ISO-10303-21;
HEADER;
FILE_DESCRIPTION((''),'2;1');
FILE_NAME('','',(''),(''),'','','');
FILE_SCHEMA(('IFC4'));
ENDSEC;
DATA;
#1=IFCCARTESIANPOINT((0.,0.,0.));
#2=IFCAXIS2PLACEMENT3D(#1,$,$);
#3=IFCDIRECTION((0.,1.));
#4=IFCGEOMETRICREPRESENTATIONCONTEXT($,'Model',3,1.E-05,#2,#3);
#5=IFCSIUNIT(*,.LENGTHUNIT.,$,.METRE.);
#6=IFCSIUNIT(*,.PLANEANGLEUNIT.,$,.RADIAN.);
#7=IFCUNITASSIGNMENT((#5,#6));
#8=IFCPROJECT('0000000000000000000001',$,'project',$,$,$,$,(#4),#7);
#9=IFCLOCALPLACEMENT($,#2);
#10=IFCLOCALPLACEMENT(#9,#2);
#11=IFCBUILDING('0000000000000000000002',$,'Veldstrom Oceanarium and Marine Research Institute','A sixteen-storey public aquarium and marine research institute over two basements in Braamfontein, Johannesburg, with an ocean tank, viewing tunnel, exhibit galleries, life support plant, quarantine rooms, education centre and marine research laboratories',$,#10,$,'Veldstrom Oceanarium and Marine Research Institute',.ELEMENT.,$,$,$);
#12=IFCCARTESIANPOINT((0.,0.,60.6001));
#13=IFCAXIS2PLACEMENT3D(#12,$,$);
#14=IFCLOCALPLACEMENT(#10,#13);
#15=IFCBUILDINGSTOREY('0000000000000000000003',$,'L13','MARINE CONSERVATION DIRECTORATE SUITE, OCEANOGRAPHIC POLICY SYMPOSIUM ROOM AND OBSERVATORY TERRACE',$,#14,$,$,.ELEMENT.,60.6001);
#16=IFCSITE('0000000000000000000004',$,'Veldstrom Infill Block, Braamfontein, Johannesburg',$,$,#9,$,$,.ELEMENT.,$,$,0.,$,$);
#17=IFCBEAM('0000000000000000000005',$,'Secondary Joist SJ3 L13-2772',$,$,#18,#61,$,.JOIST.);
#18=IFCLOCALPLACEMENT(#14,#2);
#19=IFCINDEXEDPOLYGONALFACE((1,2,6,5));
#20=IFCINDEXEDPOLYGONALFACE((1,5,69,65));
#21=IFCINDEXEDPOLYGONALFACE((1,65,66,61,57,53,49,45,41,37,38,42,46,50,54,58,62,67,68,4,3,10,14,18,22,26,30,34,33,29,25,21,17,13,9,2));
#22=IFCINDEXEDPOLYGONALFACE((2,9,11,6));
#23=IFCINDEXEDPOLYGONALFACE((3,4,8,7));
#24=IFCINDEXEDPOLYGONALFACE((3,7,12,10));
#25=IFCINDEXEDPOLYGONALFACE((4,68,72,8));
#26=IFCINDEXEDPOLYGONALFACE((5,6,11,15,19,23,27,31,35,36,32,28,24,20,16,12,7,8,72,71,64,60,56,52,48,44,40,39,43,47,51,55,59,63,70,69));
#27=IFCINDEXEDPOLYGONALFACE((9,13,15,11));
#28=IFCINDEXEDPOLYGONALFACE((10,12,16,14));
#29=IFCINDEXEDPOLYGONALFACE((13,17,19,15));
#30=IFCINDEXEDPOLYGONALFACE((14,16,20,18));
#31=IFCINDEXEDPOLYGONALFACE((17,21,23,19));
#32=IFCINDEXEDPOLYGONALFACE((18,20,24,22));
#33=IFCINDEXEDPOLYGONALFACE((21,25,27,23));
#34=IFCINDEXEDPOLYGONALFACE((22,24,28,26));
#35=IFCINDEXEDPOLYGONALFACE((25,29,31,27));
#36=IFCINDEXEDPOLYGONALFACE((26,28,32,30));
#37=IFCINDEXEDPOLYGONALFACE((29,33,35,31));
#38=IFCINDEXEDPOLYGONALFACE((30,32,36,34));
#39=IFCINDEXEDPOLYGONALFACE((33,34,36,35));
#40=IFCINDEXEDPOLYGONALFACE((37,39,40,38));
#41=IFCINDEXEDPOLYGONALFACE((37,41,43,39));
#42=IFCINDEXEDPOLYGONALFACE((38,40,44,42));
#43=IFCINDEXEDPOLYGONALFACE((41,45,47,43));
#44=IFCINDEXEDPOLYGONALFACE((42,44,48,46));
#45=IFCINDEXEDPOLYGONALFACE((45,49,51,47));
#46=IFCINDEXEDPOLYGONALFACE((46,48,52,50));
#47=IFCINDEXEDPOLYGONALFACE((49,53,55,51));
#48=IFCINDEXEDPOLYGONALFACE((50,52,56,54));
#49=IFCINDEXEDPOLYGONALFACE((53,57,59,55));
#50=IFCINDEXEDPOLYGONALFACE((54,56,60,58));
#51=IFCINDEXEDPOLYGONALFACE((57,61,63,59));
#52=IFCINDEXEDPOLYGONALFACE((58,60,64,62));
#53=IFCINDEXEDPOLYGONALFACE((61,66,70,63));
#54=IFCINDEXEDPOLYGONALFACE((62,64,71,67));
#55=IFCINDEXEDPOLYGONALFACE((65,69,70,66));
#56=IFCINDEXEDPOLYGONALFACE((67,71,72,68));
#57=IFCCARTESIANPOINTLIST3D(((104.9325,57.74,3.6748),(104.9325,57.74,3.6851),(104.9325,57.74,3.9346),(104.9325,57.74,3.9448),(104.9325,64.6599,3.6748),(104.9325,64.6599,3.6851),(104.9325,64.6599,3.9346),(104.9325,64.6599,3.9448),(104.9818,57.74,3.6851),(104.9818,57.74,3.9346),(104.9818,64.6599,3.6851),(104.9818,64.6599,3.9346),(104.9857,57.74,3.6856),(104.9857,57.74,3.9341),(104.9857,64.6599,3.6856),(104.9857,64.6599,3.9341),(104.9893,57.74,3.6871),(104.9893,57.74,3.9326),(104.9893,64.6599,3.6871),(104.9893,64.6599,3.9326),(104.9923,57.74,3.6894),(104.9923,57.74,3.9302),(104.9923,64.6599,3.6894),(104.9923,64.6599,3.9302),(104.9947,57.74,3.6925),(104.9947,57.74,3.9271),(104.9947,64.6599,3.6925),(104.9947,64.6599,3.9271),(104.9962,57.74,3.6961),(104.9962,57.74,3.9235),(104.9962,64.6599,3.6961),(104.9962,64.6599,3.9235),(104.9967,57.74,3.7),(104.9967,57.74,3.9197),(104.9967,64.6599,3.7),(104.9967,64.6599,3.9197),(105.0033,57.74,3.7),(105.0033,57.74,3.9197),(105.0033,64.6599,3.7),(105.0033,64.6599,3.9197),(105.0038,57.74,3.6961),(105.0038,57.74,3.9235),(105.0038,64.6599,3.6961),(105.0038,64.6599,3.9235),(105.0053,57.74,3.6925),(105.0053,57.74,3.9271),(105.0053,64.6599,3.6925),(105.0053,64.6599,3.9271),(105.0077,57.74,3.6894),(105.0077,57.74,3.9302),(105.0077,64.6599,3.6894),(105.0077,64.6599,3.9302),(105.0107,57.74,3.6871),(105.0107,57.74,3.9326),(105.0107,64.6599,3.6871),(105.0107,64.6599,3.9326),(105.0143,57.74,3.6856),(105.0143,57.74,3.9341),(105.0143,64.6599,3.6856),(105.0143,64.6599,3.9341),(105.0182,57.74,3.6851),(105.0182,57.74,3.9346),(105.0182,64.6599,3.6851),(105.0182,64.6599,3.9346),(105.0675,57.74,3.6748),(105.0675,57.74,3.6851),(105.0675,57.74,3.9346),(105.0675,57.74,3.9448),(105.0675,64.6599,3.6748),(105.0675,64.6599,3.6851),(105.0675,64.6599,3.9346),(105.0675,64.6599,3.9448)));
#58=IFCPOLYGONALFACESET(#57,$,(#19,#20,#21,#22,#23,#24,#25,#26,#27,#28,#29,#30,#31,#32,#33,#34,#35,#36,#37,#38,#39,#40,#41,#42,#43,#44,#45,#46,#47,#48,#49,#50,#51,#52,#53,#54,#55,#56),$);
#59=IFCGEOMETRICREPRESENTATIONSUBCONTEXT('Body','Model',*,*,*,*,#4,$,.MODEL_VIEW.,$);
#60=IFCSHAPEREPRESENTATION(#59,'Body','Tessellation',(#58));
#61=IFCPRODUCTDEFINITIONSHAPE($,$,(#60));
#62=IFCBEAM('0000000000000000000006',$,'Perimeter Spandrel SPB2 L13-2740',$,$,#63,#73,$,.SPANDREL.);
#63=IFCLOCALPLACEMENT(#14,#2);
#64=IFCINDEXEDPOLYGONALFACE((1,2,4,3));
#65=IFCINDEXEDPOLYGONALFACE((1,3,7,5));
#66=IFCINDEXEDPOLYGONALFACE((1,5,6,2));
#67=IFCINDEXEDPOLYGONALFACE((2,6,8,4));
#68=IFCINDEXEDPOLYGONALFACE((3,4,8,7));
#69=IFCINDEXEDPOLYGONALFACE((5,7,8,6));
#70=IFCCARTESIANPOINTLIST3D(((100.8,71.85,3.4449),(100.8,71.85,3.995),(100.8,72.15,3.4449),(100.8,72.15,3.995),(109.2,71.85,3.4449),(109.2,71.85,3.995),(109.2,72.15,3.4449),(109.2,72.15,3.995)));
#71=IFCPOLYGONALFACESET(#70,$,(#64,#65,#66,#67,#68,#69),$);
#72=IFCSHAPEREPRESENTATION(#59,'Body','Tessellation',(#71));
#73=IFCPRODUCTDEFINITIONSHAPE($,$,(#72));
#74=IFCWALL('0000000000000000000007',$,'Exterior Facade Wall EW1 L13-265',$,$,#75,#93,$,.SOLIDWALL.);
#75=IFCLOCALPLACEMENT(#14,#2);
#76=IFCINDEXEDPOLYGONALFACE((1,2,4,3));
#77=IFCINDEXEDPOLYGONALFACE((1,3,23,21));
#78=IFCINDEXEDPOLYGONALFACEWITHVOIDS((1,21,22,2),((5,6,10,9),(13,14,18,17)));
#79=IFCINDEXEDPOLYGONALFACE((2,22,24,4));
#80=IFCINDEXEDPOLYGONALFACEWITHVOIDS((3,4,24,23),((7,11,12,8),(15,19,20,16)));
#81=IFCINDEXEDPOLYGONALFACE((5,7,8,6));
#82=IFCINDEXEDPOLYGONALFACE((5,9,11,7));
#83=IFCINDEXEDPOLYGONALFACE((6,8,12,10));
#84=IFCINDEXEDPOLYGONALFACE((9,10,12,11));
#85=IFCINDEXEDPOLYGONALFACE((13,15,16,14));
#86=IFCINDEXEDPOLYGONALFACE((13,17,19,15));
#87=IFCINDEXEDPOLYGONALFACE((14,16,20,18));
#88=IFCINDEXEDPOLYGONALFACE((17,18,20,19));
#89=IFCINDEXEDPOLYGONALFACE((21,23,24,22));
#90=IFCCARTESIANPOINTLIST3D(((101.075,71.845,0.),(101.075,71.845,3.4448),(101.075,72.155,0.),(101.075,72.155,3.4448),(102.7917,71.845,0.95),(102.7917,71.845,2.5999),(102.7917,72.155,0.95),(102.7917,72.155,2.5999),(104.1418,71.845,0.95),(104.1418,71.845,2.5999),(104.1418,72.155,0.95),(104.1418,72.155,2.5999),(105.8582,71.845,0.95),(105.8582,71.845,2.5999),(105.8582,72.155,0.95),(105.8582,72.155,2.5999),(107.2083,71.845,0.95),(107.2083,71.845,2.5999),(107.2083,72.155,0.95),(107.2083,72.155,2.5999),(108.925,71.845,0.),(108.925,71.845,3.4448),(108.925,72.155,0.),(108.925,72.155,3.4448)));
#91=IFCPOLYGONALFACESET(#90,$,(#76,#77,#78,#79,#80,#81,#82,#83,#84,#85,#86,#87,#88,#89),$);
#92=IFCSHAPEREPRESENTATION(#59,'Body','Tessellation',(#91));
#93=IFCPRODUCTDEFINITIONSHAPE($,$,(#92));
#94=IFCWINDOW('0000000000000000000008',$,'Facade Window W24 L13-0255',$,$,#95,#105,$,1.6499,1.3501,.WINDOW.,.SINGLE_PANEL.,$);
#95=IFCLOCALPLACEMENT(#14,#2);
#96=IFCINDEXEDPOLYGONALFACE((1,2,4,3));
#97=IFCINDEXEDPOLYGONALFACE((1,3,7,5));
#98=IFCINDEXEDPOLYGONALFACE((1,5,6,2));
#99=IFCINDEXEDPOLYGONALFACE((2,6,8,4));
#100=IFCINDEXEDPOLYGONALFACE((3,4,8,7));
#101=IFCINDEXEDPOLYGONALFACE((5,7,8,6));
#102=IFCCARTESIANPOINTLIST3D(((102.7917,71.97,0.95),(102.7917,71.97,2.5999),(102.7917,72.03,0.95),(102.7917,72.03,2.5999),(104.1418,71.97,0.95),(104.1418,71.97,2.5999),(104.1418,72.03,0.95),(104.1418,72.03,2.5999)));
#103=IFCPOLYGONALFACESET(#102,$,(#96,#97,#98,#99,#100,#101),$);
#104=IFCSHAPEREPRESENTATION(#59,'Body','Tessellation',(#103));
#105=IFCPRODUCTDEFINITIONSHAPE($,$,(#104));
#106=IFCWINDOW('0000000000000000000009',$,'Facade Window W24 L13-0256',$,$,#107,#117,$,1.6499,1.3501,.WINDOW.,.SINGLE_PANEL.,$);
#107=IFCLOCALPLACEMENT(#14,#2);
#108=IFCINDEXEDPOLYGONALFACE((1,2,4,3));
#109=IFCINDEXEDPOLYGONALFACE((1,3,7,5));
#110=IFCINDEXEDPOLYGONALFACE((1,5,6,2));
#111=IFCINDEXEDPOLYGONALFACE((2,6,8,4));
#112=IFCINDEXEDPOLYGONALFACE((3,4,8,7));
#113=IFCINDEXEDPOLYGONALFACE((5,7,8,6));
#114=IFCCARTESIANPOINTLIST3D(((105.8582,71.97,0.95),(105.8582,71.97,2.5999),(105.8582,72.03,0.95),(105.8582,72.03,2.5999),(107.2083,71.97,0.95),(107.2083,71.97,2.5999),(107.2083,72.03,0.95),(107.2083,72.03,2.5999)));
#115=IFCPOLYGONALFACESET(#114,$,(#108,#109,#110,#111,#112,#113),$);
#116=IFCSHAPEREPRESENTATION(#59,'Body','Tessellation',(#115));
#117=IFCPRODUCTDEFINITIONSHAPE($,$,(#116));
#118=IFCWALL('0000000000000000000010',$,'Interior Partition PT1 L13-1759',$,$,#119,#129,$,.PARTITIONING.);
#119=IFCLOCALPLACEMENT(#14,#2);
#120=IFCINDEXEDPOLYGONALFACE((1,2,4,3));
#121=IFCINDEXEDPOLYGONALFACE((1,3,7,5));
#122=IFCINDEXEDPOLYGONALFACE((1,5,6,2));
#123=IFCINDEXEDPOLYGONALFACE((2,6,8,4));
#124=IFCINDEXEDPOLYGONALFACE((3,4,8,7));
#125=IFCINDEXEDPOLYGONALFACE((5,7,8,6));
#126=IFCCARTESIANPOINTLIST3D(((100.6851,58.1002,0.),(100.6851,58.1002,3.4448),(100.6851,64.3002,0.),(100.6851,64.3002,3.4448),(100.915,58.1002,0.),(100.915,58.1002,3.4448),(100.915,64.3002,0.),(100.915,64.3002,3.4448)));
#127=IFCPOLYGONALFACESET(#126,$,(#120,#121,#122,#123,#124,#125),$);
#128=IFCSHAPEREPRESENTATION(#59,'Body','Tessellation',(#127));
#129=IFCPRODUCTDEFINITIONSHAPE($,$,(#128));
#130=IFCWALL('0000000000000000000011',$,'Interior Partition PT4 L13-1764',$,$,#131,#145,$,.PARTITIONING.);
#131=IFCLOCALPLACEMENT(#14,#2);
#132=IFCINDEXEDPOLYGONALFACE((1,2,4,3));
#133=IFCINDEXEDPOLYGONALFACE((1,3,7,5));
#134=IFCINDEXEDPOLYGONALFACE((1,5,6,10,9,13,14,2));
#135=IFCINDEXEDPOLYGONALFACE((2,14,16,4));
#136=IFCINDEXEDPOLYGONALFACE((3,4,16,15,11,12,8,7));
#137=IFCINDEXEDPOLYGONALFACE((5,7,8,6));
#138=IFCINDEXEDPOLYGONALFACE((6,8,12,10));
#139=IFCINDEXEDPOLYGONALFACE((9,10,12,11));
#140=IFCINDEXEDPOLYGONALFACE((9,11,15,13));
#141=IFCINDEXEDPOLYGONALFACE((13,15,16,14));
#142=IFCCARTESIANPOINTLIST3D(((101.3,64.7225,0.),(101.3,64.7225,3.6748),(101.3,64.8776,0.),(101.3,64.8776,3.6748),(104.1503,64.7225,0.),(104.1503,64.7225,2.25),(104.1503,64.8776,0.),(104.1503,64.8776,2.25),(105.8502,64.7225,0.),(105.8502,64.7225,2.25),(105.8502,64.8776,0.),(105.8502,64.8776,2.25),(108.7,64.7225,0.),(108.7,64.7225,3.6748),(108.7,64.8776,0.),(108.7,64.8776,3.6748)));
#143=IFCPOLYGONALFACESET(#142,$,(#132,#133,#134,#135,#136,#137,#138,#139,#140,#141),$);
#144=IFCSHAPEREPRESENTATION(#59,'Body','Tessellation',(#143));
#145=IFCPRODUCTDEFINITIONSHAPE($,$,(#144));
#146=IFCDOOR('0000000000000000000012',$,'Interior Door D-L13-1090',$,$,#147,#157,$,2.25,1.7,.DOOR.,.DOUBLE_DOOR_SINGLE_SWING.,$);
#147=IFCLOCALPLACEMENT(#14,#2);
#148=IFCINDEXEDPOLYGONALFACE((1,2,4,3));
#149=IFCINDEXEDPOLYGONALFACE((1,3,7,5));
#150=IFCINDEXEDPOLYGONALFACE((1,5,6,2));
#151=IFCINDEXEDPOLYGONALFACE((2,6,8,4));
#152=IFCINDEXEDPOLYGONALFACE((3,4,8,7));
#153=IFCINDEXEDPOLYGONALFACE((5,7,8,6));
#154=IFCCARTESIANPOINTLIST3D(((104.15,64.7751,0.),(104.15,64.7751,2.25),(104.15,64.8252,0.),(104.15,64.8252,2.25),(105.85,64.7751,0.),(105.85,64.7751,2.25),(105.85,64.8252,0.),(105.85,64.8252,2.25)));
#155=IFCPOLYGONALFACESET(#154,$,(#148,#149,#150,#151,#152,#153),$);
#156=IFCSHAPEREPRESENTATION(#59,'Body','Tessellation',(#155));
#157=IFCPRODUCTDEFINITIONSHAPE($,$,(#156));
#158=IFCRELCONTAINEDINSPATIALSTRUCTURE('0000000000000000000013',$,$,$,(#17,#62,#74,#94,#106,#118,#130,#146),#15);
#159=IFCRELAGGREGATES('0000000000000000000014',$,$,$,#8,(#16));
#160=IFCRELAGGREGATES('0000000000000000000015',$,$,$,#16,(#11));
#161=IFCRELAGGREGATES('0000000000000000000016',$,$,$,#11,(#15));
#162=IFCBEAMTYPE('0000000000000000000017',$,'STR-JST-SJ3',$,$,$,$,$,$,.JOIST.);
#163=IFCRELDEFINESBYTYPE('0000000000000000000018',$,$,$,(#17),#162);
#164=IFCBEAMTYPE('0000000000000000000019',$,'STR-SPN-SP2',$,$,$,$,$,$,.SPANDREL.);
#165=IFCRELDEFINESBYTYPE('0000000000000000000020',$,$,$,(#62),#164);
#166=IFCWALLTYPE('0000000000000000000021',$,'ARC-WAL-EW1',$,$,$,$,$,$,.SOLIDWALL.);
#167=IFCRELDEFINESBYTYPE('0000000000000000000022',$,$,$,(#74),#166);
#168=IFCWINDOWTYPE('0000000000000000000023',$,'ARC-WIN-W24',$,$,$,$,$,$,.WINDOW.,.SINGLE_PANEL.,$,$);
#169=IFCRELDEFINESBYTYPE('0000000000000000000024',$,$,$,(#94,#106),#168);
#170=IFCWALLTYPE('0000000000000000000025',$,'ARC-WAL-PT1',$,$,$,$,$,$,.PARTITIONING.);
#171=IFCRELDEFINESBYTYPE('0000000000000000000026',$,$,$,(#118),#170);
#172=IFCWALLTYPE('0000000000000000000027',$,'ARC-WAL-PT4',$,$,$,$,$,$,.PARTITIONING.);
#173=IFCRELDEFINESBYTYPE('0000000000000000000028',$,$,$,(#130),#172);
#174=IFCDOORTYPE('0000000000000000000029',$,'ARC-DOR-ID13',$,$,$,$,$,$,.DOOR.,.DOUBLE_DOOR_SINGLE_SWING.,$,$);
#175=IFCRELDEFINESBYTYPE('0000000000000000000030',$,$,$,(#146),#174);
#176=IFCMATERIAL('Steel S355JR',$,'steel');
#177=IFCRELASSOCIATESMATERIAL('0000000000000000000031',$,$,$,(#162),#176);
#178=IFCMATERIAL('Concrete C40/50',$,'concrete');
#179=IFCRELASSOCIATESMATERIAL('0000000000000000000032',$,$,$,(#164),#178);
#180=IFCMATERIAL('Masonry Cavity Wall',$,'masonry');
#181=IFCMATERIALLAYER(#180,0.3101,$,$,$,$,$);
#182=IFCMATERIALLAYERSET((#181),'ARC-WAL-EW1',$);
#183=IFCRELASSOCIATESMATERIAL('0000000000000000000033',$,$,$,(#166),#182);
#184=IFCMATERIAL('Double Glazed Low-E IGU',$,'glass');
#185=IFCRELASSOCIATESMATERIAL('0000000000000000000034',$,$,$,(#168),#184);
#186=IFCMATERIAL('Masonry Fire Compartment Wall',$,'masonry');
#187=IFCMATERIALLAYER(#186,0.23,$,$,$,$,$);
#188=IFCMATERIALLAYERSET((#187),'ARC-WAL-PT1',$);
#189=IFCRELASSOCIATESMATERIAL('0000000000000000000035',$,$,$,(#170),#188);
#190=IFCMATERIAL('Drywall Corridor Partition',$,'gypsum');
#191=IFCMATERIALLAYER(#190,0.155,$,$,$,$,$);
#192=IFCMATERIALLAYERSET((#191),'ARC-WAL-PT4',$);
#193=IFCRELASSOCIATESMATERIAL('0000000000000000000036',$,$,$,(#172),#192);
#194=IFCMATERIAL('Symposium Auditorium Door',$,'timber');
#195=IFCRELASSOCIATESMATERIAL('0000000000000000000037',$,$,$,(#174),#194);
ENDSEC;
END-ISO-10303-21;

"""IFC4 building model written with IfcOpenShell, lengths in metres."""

from ifc_helpers import new_model, si_unit, direction, frame, frame_2d, origin, origin_2d, place, context, subcontext, project, spatial, rectangle, i_section, extrude, material, layer, layer_set, material_profile, profile_set, type_object, element, fill, save


model = new_model("IFC4")

# Units and contexts
model_context = context("Model", 3, precision=1e-05, world=origin(), true_north=direction((0.0, 1.0)))
body_context = subcontext(model_context, "Body", "Model", "MODEL_VIEW")
ifc_project = project(units=[si_unit("LENGTHUNIT", "METRE"), si_unit("PLANEANGLEUNIT", "RADIAN")], contexts=[model_context])

# Site, building, storey
site_placement = place(None, origin())
site = spatial("IfcSite", under=ifc_project, at=site_placement, Name="Veldstrom Infill Block, Braamfontein, Johannesburg", CompositionType="ELEMENT", RefElevation=0.0)
building_placement = place(site_placement, origin())
building = spatial("IfcBuilding", under=site, at=building_placement, Name="Veldstrom Oceanarium and Marine Research Institute", Description="A sixteen-storey public aquarium and marine research institute over two basements in Braamfontein, Johannesburg, with an ocean tank, viewing tunnel, exhibit galleries, life support plant, quarantine rooms, education centre and marine research laboratories", LongName="Veldstrom Oceanarium and Marine Research Institute", CompositionType="ELEMENT")
storey_placement = place(building_placement, frame((0.0, 0.0, 60.6001)))
storey = spatial("IfcBuildingStorey", under=building, at=storey_placement, Name="L13", Description="MARINE CONSERVATION DIRECTORATE SUITE, OCEANOGRAPHIC POLICY SYMPOSIUM ROOM AND OBSERVATORY TERRACE", CompositionType="ELEMENT", Elevation=60.6001)

# Beams
ifc_material_1 = material(Name="Steel S355JR", Category="steel")
ifc_material_profile_1 = material_profile(ifc_material_1, i_section(OverallWidth=0.135, OverallDepth=0.27, WebThickness=0.0066, FlangeThickness=0.0103, FilletRadius=0.0149, at=origin_2d()), Name="IPE 270")
ifc_profile_set_1 = profile_set([ifc_material_profile_1], Name="Steel S355JR")
beam_type_1 = type_object("IfcBeamType", Name="STR-JST-SJ3", PredefinedType="JOIST", material=ifc_profile_set_1)
beam_1_placement = place(storey_placement, frame((105.0, 57.74, 3.8098), z_axis=(0.0, 1.0, 0.0), x_axis=(-1.0, 0.0, 0.0)))
element("IfcBeam", 1, at=beam_1_placement, inside=storey, type_object=beam_type_1, Name="Secondary Joist SJ3 L13-2772", PredefinedType="JOIST", context=body_context, shape_type="SweptSolid", body=[
    extrude(i_section(OverallWidth=0.135, OverallDepth=0.27, WebThickness=0.0066, FlangeThickness=0.0103, FilletRadius=0.0149, at=origin_2d()), origin(), (0.0, 0.0, 1.0), 6.9199),
])
ifc_material_2 = material(Name="Concrete C40/50", Category="concrete")
ifc_material_profile_2 = material_profile(ifc_material_2, rectangle(XDim=0.3, YDim=0.55, at=origin_2d()), Name="RC-SPN-300x550")
ifc_profile_set_2 = profile_set([ifc_material_profile_2], Name="Concrete C40/50")
beam_type_2 = type_object("IfcBeamType", Name="STR-SPN-SP2", PredefinedType="SPANDREL", material=ifc_profile_set_2)
beam_2_placement = place(storey_placement, frame((100.8, 72.0, 3.72), z_axis=(1.0, 0.0, 0.0), x_axis=(0.0, 1.0, 0.0)))
element("IfcBeam", 2, at=beam_2_placement, inside=storey, type_object=beam_type_2, Name="Perimeter Spandrel SPB2 L13-2740", PredefinedType="SPANDREL", context=body_context, shape_type="SweptSolid", body=[
    extrude(rectangle(XDim=0.3, YDim=0.55, at=origin_2d()), origin(), (0.0, 0.0, 1.0), 8.3999),
])

# Wall, openings, windows
ifc_material_3 = material(Name="Masonry Cavity Wall", Category="masonry")
ifc_layer_1 = layer(ifc_material_3, 0.3101)
ifc_layer_set_1 = layer_set([ifc_layer_1], Name="ARC-WAL-EW1")
wall_type_1 = type_object("IfcWallType", Name="ARC-WAL-EW1", PredefinedType="SOLIDWALL", material=ifc_layer_set_1)
wall_1_placement = place(storey_placement, frame((101.075, 72.0, 0.0), z_axis=(0.0, 0.0, 1.0), x_axis=(1.0, 0.0, 0.0)))
wall_1 = element("IfcWall", 3, at=wall_1_placement, inside=storey, type_object=wall_type_1, Name="Exterior Facade Wall EW1 L13-265", PredefinedType="SOLIDWALL", context=body_context, shape_type="SweptSolid", body=[
    extrude(rectangle(XDim=7.8501, YDim=0.3101, at=frame_2d((3.925, 0.0))), origin(), (0.0, 0.0, 1.0), 3.4448),
])
opening_1_placement = place(wall_1_placement, frame((1.7168, 0.0, 0.95)))
opening_1 = element("IfcOpeningElement", 4, at=opening_1_placement, cuts=wall_1, PredefinedType="OPENING", context=body_context, shape_type="SweptSolid", body=[
    extrude(rectangle(XDim=1.3501, YDim=1.6499, at=frame_2d((0.675, 0.825))), frame((0.0, 0.165, 0.0), z_axis=(0.0, -1.0, 0.0), x_axis=(1.0, 0.0, 0.0)), (0.0, 0.0, 1.0), 0.3301),
])
opening_2_placement = place(wall_1_placement, frame((4.7832, 0.0, 0.95)))
opening_2 = element("IfcOpeningElement", 5, at=opening_2_placement, cuts=wall_1, PredefinedType="OPENING", context=body_context, shape_type="SweptSolid", body=[
    extrude(rectangle(XDim=1.3501, YDim=1.6499, at=frame_2d((0.675, 0.825))), frame((0.0, 0.165, 0.0), z_axis=(0.0, -1.0, 0.0), x_axis=(1.0, 0.0, 0.0)), (0.0, 0.0, 1.0), 0.3301),
])
ifc_material_4 = material(Name="Double Glazed Low-E IGU", Category="glass")
window_type = type_object("IfcWindowType", Name="ARC-WIN-W24", PartitioningType="SINGLE_PANEL", PredefinedType="WINDOW", material=ifc_material_4)
window_1_placement = place(opening_1_placement, origin())
window_1 = element("IfcWindow", 6, at=window_1_placement, inside=storey, type_object=window_type, Name="Facade Window W24 L13-0255", OverallHeight=1.6499, OverallWidth=1.3501, PartitioningType="SINGLE_PANEL", PredefinedType="WINDOW", context=body_context, shape_type="SweptSolid", body=[
    extrude(rectangle(XDim=1.3501, YDim=1.6499, at=frame_2d((0.675, 0.825))), frame((0.0, 0.03, 0.0), z_axis=(0.0, -1.0, 0.0), x_axis=(1.0, 0.0, 0.0)), (0.0, 0.0, 1.0), 0.0601),
])
fill(opening_1, window_1)
window_2_placement = place(opening_2_placement, origin())
window_2 = element("IfcWindow", 7, at=window_2_placement, inside=storey, type_object=window_type, Name="Facade Window W24 L13-0256", OverallHeight=1.6499, OverallWidth=1.3501, PartitioningType="SINGLE_PANEL", PredefinedType="WINDOW", context=body_context, shape_type="SweptSolid", body=[
    extrude(rectangle(XDim=1.3501, YDim=1.6499, at=frame_2d((0.675, 0.825))), frame((0.0, 0.03, 0.0), z_axis=(0.0, -1.0, 0.0), x_axis=(1.0, 0.0, 0.0)), (0.0, 0.0, 1.0), 0.0601),
])
fill(opening_2, window_2)

# Wall
ifc_material_5 = material(Name="Masonry Fire Compartment Wall", Category="masonry")
ifc_layer_2 = layer(ifc_material_5, 0.23)
ifc_layer_set_2 = layer_set([ifc_layer_2], Name="ARC-WAL-PT1")
wall_type_2 = type_object("IfcWallType", Name="ARC-WAL-PT1", PredefinedType="PARTITIONING", material=ifc_layer_set_2)
wall_2_placement = place(storey_placement, frame((100.8, 58.1001, 0.0), z_axis=(0.0, 0.0, 1.0), x_axis=(0.0, 1.0, 0.0)))
element("IfcWall", 8, at=wall_2_placement, inside=storey, type_object=wall_type_2, Name="Interior Partition PT1 L13-1759", PredefinedType="PARTITIONING", context=body_context, shape_type="SweptSolid", body=[
    extrude(rectangle(XDim=6.2, YDim=0.23, at=frame_2d((3.1001, 0.0))), origin(), (0.0, 0.0, 1.0), 3.4448),
])

# Wall, opening, door
ifc_material_6 = material(Name="Drywall Corridor Partition", Category="gypsum")
ifc_layer_3 = layer(ifc_material_6, 0.155)
ifc_layer_set_3 = layer_set([ifc_layer_3], Name="ARC-WAL-PT4")
wall_type_3 = type_object("IfcWallType", Name="ARC-WAL-PT4", PredefinedType="PARTITIONING", material=ifc_layer_set_3)
wall_3_placement = place(storey_placement, frame((101.3, 64.8, 0.0), z_axis=(0.0, 0.0, 1.0), x_axis=(1.0, 0.0, 0.0)))
wall_3 = element("IfcWall", 9, at=wall_3_placement, inside=storey, type_object=wall_type_3, Name="Interior Partition PT4 L13-1764", PredefinedType="PARTITIONING", context=body_context, shape_type="SweptSolid", body=[
    extrude(rectangle(XDim=7.3999, YDim=0.155, at=frame_2d((3.7, 0.0))), origin(), (0.0, 0.0, 1.0), 3.6748),
])
opening_3_placement = place(wall_3_placement, frame((2.8501, 0.0, 0.0)))
opening_3 = element("IfcOpeningElement", 10, at=opening_3_placement, cuts=wall_3, PredefinedType="OPENING", context=body_context, shape_type="SweptSolid", body=[
    extrude(rectangle(XDim=1.7, YDim=2.25, at=frame_2d((0.8501, 1.125))), frame((0.0, 0.0874, 0.0), z_axis=(0.0, -1.0, 0.0), x_axis=(1.0, 0.0, 0.0)), (0.0, 0.0, 1.0), 0.175),
])
ifc_material_7 = material(Name="Symposium Auditorium Door", Category="timber")
door_type_1 = type_object("IfcDoorType", Name="ARC-DOR-ID13", OperationType="DOUBLE_DOOR_SINGLE_SWING", PredefinedType="DOOR", material=ifc_material_7)
door_1_placement = place(opening_3_placement, frame((1.7, 0.0, 0.0), z_axis=(0.0, 0.0, 1.0), x_axis=(-1.0, 0.0, 0.0)))
door_1 = element("IfcDoor", 11, at=door_1_placement, inside=storey, type_object=door_type_1, Name="Interior Door D-L13-1090", OperationType="DOUBLE_DOOR_SINGLE_SWING", OverallHeight=2.25, OverallWidth=1.7, PredefinedType="DOOR", context=body_context, shape_type="SweptSolid", body=[
    extrude(rectangle(XDim=1.7, YDim=2.25, at=frame_2d((0.8501, 1.125))), frame((0.0, 0.0249, 0.0), z_axis=(0.0, -1.0, 0.0), x_axis=(1.0, 0.0, 0.0)), (0.0, 0.0, 1.0), 0.05),
])
fill(opening_3, door_1)

save(model, "model.ifc")
